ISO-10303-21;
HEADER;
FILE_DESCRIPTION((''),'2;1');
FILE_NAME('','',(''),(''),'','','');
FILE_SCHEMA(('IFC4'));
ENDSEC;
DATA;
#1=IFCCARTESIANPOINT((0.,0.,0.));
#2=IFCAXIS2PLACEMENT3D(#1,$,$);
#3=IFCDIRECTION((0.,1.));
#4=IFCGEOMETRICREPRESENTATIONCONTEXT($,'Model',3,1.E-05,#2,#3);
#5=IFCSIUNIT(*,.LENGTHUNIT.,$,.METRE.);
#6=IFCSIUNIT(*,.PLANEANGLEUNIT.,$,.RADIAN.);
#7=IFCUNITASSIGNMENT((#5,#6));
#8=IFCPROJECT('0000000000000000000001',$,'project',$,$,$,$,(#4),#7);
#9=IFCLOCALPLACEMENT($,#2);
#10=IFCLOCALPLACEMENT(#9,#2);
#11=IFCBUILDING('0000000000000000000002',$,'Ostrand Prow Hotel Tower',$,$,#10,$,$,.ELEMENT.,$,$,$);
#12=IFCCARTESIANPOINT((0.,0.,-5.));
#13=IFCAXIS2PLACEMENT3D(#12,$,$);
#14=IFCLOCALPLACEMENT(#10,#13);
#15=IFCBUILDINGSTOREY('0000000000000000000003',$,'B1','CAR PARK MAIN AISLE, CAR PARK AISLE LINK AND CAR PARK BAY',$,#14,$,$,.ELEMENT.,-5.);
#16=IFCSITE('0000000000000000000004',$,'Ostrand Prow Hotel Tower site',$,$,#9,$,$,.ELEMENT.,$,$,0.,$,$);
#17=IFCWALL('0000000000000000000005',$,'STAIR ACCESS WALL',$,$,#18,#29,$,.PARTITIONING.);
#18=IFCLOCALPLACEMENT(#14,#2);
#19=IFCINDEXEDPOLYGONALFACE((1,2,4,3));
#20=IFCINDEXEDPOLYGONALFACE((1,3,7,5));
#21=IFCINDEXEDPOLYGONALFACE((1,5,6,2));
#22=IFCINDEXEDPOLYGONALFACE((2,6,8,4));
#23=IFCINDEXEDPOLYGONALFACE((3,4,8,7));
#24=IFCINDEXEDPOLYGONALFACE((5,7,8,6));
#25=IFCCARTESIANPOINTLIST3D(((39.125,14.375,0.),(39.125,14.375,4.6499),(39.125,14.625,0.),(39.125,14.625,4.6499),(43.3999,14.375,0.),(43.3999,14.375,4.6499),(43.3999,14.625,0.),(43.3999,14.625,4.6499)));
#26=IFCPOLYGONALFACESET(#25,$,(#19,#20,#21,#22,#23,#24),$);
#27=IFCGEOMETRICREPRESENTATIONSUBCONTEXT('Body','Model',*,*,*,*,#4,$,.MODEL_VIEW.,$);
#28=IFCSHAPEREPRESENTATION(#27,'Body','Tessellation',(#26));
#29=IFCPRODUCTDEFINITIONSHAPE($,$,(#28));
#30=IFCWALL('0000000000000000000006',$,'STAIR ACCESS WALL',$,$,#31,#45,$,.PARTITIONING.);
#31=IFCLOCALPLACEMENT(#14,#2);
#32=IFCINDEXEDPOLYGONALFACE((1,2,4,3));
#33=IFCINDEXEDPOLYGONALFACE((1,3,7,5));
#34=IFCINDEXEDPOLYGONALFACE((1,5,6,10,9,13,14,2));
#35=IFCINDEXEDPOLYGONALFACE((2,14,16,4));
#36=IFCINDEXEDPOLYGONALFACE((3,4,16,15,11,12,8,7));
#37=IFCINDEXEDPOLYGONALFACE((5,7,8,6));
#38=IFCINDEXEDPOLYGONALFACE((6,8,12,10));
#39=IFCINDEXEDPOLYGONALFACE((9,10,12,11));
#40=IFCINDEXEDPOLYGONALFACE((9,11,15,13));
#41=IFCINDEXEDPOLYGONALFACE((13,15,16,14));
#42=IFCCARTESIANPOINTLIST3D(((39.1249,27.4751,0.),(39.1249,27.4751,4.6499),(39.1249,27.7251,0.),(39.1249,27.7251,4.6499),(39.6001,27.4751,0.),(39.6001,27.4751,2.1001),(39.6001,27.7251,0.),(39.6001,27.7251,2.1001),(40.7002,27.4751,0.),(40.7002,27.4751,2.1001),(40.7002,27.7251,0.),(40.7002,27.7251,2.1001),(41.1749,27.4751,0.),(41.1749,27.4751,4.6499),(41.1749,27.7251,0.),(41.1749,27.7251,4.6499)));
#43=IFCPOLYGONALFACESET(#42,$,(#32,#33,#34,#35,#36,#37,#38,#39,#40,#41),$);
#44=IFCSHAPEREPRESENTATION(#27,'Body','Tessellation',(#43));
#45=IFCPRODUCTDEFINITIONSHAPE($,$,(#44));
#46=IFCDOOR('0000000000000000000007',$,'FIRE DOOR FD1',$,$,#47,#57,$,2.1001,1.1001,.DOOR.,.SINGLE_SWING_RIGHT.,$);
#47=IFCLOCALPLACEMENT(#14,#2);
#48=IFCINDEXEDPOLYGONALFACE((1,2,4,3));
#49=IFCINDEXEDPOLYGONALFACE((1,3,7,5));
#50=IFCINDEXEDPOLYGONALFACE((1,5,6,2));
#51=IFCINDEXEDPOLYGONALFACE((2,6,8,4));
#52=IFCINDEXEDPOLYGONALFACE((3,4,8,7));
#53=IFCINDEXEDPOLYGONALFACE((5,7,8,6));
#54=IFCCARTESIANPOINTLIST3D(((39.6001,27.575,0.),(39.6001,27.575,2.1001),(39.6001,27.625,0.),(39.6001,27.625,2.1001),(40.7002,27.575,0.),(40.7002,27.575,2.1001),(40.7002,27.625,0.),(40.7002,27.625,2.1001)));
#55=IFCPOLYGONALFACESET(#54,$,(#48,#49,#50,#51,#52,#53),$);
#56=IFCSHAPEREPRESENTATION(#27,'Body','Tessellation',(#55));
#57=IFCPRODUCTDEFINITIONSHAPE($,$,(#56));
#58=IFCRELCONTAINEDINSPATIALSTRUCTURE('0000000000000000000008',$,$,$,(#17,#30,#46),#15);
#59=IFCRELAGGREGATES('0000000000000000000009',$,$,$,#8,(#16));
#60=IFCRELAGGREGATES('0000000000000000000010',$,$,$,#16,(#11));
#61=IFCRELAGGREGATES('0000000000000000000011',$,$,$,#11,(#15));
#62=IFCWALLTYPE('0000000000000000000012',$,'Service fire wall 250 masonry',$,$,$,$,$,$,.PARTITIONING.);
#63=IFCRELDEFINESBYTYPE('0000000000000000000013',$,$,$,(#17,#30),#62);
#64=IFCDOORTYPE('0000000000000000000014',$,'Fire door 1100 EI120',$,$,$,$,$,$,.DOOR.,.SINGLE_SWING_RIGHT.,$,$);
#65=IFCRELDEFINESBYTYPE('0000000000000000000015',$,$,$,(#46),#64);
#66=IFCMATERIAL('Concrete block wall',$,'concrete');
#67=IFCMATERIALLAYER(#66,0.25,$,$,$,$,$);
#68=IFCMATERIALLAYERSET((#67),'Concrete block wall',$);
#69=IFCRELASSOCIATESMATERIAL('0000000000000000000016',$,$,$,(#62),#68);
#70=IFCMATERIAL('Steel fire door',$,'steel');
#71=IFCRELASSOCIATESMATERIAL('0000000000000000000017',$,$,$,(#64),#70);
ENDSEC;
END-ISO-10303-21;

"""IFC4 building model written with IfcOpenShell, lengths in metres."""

from ifc_helpers import new_model, si_unit, direction, frame, frame_2d, origin, place, context, subcontext, project, spatial, rectangle, extrude, material, layer, layer_set, type_object, element, fill, save


model = new_model("IFC4")

# Units and contexts
model_context = context("Model", 3, precision=1e-05, world=origin(), true_north=direction((0.0, 1.0)))
body_context = subcontext(model_context, "Body", "Model", "MODEL_VIEW")
ifc_project = project(units=[si_unit("LENGTHUNIT", "METRE"), si_unit("PLANEANGLEUNIT", "RADIAN")], contexts=[model_context])

# Site, building, storey
site_placement = place(None, origin())
site = spatial("IfcSite", under=ifc_project, at=site_placement, Name="Ostrand Prow Hotel Tower site", CompositionType="ELEMENT", RefElevation=0.0)
building_placement = place(site_placement, origin())
building = spatial("IfcBuilding", under=site, at=building_placement, Name="Ostrand Prow Hotel Tower", CompositionType="ELEMENT")
storey_placement = place(building_placement, frame((0.0, 0.0, -5.0)))
storey = spatial("IfcBuildingStorey", under=building, at=storey_placement, Name="B1", Description="CAR PARK MAIN AISLE, CAR PARK AISLE LINK AND CAR PARK BAY", CompositionType="ELEMENT", Elevation=-5.0)

# Wall
ifc_material_1 = material(Name="Concrete block wall", Category="concrete")
ifc_layer_1 = layer(ifc_material_1, 0.25)
ifc_layer_set_1 = layer_set([ifc_layer_1], Name="Concrete block wall")
wall_type_1 = type_object("IfcWallType", Name="Service fire wall 250 masonry", PredefinedType="PARTITIONING", material=ifc_layer_set_1)
wall_1_placement = place(storey_placement, frame((39.125, 14.5, 0.0), z_axis=(0.0, 0.0, 1.0), x_axis=(1.0, 0.0, 0.0)))
element("IfcWall", 1, at=wall_1_placement, inside=storey, type_object=wall_type_1, Name="STAIR ACCESS WALL", PredefinedType="PARTITIONING", context=body_context, shape_type="SweptSolid", body=[
    extrude(rectangle(XDim=4.2749, YDim=0.25, at=frame_2d((2.1375, 0.0))), origin(), (0.0, 0.0, 1.0), 4.6499),
])

# Wall, opening, door
wall_2_placement = place(storey_placement, frame((39.125, 27.6001, 0.0), z_axis=(0.0, 0.0, 1.0), x_axis=(1.0, 0.0, 0.0)))
wall_2 = element("IfcWall", 2, at=wall_2_placement, inside=storey, type_object=wall_type_1, Name="STAIR ACCESS WALL", PredefinedType="PARTITIONING", context=body_context, shape_type="SweptSolid", body=[
    extrude(rectangle(XDim=2.05, YDim=0.25, at=frame_2d((1.0249, 0.0))), origin(), (0.0, 0.0, 1.0), 4.6499),
])
opening_placement = place(wall_2_placement, frame((0.4751, 0.0, 0.0)))
opening = element("IfcOpeningElement", 3, at=opening_placement, cuts=wall_2, PredefinedType="OPENING", context=body_context, shape_type="SweptSolid", body=[
    extrude(rectangle(XDim=1.1001, YDim=2.1001, at=frame_2d((0.55, 1.05))), frame((0.0, 0.135, 0.0), z_axis=(0.0, -1.0, 0.0), x_axis=(1.0, 0.0, 0.0)), (0.0, 0.0, 1.0), 0.27),
])
ifc_material_2 = material(Name="Steel fire door", Category="steel")
door_type = type_object("IfcDoorType", Name="Fire door 1100 EI120", OperationType="SINGLE_SWING_RIGHT", PredefinedType="DOOR", material=ifc_material_2)
door_placement = place(opening_placement, origin())
door = element("IfcDoor", 4, at=door_placement, inside=storey, type_object=door_type, Name="FIRE DOOR FD1", OperationType="SINGLE_SWING_RIGHT", OverallHeight=2.1001, OverallWidth=1.1001, PredefinedType="DOOR", context=body_context, shape_type="SweptSolid", body=[
    extrude(rectangle(XDim=1.1001, YDim=2.1001, at=frame_2d((0.55, 1.05))), frame((0.0, 0.0249, 0.0), z_axis=(0.0, -1.0, 0.0), x_axis=(1.0, 0.0, 0.0)), (0.0, 0.0, 1.0), 0.05),
])
fill(opening, door)

save(model, "model.ifc")
